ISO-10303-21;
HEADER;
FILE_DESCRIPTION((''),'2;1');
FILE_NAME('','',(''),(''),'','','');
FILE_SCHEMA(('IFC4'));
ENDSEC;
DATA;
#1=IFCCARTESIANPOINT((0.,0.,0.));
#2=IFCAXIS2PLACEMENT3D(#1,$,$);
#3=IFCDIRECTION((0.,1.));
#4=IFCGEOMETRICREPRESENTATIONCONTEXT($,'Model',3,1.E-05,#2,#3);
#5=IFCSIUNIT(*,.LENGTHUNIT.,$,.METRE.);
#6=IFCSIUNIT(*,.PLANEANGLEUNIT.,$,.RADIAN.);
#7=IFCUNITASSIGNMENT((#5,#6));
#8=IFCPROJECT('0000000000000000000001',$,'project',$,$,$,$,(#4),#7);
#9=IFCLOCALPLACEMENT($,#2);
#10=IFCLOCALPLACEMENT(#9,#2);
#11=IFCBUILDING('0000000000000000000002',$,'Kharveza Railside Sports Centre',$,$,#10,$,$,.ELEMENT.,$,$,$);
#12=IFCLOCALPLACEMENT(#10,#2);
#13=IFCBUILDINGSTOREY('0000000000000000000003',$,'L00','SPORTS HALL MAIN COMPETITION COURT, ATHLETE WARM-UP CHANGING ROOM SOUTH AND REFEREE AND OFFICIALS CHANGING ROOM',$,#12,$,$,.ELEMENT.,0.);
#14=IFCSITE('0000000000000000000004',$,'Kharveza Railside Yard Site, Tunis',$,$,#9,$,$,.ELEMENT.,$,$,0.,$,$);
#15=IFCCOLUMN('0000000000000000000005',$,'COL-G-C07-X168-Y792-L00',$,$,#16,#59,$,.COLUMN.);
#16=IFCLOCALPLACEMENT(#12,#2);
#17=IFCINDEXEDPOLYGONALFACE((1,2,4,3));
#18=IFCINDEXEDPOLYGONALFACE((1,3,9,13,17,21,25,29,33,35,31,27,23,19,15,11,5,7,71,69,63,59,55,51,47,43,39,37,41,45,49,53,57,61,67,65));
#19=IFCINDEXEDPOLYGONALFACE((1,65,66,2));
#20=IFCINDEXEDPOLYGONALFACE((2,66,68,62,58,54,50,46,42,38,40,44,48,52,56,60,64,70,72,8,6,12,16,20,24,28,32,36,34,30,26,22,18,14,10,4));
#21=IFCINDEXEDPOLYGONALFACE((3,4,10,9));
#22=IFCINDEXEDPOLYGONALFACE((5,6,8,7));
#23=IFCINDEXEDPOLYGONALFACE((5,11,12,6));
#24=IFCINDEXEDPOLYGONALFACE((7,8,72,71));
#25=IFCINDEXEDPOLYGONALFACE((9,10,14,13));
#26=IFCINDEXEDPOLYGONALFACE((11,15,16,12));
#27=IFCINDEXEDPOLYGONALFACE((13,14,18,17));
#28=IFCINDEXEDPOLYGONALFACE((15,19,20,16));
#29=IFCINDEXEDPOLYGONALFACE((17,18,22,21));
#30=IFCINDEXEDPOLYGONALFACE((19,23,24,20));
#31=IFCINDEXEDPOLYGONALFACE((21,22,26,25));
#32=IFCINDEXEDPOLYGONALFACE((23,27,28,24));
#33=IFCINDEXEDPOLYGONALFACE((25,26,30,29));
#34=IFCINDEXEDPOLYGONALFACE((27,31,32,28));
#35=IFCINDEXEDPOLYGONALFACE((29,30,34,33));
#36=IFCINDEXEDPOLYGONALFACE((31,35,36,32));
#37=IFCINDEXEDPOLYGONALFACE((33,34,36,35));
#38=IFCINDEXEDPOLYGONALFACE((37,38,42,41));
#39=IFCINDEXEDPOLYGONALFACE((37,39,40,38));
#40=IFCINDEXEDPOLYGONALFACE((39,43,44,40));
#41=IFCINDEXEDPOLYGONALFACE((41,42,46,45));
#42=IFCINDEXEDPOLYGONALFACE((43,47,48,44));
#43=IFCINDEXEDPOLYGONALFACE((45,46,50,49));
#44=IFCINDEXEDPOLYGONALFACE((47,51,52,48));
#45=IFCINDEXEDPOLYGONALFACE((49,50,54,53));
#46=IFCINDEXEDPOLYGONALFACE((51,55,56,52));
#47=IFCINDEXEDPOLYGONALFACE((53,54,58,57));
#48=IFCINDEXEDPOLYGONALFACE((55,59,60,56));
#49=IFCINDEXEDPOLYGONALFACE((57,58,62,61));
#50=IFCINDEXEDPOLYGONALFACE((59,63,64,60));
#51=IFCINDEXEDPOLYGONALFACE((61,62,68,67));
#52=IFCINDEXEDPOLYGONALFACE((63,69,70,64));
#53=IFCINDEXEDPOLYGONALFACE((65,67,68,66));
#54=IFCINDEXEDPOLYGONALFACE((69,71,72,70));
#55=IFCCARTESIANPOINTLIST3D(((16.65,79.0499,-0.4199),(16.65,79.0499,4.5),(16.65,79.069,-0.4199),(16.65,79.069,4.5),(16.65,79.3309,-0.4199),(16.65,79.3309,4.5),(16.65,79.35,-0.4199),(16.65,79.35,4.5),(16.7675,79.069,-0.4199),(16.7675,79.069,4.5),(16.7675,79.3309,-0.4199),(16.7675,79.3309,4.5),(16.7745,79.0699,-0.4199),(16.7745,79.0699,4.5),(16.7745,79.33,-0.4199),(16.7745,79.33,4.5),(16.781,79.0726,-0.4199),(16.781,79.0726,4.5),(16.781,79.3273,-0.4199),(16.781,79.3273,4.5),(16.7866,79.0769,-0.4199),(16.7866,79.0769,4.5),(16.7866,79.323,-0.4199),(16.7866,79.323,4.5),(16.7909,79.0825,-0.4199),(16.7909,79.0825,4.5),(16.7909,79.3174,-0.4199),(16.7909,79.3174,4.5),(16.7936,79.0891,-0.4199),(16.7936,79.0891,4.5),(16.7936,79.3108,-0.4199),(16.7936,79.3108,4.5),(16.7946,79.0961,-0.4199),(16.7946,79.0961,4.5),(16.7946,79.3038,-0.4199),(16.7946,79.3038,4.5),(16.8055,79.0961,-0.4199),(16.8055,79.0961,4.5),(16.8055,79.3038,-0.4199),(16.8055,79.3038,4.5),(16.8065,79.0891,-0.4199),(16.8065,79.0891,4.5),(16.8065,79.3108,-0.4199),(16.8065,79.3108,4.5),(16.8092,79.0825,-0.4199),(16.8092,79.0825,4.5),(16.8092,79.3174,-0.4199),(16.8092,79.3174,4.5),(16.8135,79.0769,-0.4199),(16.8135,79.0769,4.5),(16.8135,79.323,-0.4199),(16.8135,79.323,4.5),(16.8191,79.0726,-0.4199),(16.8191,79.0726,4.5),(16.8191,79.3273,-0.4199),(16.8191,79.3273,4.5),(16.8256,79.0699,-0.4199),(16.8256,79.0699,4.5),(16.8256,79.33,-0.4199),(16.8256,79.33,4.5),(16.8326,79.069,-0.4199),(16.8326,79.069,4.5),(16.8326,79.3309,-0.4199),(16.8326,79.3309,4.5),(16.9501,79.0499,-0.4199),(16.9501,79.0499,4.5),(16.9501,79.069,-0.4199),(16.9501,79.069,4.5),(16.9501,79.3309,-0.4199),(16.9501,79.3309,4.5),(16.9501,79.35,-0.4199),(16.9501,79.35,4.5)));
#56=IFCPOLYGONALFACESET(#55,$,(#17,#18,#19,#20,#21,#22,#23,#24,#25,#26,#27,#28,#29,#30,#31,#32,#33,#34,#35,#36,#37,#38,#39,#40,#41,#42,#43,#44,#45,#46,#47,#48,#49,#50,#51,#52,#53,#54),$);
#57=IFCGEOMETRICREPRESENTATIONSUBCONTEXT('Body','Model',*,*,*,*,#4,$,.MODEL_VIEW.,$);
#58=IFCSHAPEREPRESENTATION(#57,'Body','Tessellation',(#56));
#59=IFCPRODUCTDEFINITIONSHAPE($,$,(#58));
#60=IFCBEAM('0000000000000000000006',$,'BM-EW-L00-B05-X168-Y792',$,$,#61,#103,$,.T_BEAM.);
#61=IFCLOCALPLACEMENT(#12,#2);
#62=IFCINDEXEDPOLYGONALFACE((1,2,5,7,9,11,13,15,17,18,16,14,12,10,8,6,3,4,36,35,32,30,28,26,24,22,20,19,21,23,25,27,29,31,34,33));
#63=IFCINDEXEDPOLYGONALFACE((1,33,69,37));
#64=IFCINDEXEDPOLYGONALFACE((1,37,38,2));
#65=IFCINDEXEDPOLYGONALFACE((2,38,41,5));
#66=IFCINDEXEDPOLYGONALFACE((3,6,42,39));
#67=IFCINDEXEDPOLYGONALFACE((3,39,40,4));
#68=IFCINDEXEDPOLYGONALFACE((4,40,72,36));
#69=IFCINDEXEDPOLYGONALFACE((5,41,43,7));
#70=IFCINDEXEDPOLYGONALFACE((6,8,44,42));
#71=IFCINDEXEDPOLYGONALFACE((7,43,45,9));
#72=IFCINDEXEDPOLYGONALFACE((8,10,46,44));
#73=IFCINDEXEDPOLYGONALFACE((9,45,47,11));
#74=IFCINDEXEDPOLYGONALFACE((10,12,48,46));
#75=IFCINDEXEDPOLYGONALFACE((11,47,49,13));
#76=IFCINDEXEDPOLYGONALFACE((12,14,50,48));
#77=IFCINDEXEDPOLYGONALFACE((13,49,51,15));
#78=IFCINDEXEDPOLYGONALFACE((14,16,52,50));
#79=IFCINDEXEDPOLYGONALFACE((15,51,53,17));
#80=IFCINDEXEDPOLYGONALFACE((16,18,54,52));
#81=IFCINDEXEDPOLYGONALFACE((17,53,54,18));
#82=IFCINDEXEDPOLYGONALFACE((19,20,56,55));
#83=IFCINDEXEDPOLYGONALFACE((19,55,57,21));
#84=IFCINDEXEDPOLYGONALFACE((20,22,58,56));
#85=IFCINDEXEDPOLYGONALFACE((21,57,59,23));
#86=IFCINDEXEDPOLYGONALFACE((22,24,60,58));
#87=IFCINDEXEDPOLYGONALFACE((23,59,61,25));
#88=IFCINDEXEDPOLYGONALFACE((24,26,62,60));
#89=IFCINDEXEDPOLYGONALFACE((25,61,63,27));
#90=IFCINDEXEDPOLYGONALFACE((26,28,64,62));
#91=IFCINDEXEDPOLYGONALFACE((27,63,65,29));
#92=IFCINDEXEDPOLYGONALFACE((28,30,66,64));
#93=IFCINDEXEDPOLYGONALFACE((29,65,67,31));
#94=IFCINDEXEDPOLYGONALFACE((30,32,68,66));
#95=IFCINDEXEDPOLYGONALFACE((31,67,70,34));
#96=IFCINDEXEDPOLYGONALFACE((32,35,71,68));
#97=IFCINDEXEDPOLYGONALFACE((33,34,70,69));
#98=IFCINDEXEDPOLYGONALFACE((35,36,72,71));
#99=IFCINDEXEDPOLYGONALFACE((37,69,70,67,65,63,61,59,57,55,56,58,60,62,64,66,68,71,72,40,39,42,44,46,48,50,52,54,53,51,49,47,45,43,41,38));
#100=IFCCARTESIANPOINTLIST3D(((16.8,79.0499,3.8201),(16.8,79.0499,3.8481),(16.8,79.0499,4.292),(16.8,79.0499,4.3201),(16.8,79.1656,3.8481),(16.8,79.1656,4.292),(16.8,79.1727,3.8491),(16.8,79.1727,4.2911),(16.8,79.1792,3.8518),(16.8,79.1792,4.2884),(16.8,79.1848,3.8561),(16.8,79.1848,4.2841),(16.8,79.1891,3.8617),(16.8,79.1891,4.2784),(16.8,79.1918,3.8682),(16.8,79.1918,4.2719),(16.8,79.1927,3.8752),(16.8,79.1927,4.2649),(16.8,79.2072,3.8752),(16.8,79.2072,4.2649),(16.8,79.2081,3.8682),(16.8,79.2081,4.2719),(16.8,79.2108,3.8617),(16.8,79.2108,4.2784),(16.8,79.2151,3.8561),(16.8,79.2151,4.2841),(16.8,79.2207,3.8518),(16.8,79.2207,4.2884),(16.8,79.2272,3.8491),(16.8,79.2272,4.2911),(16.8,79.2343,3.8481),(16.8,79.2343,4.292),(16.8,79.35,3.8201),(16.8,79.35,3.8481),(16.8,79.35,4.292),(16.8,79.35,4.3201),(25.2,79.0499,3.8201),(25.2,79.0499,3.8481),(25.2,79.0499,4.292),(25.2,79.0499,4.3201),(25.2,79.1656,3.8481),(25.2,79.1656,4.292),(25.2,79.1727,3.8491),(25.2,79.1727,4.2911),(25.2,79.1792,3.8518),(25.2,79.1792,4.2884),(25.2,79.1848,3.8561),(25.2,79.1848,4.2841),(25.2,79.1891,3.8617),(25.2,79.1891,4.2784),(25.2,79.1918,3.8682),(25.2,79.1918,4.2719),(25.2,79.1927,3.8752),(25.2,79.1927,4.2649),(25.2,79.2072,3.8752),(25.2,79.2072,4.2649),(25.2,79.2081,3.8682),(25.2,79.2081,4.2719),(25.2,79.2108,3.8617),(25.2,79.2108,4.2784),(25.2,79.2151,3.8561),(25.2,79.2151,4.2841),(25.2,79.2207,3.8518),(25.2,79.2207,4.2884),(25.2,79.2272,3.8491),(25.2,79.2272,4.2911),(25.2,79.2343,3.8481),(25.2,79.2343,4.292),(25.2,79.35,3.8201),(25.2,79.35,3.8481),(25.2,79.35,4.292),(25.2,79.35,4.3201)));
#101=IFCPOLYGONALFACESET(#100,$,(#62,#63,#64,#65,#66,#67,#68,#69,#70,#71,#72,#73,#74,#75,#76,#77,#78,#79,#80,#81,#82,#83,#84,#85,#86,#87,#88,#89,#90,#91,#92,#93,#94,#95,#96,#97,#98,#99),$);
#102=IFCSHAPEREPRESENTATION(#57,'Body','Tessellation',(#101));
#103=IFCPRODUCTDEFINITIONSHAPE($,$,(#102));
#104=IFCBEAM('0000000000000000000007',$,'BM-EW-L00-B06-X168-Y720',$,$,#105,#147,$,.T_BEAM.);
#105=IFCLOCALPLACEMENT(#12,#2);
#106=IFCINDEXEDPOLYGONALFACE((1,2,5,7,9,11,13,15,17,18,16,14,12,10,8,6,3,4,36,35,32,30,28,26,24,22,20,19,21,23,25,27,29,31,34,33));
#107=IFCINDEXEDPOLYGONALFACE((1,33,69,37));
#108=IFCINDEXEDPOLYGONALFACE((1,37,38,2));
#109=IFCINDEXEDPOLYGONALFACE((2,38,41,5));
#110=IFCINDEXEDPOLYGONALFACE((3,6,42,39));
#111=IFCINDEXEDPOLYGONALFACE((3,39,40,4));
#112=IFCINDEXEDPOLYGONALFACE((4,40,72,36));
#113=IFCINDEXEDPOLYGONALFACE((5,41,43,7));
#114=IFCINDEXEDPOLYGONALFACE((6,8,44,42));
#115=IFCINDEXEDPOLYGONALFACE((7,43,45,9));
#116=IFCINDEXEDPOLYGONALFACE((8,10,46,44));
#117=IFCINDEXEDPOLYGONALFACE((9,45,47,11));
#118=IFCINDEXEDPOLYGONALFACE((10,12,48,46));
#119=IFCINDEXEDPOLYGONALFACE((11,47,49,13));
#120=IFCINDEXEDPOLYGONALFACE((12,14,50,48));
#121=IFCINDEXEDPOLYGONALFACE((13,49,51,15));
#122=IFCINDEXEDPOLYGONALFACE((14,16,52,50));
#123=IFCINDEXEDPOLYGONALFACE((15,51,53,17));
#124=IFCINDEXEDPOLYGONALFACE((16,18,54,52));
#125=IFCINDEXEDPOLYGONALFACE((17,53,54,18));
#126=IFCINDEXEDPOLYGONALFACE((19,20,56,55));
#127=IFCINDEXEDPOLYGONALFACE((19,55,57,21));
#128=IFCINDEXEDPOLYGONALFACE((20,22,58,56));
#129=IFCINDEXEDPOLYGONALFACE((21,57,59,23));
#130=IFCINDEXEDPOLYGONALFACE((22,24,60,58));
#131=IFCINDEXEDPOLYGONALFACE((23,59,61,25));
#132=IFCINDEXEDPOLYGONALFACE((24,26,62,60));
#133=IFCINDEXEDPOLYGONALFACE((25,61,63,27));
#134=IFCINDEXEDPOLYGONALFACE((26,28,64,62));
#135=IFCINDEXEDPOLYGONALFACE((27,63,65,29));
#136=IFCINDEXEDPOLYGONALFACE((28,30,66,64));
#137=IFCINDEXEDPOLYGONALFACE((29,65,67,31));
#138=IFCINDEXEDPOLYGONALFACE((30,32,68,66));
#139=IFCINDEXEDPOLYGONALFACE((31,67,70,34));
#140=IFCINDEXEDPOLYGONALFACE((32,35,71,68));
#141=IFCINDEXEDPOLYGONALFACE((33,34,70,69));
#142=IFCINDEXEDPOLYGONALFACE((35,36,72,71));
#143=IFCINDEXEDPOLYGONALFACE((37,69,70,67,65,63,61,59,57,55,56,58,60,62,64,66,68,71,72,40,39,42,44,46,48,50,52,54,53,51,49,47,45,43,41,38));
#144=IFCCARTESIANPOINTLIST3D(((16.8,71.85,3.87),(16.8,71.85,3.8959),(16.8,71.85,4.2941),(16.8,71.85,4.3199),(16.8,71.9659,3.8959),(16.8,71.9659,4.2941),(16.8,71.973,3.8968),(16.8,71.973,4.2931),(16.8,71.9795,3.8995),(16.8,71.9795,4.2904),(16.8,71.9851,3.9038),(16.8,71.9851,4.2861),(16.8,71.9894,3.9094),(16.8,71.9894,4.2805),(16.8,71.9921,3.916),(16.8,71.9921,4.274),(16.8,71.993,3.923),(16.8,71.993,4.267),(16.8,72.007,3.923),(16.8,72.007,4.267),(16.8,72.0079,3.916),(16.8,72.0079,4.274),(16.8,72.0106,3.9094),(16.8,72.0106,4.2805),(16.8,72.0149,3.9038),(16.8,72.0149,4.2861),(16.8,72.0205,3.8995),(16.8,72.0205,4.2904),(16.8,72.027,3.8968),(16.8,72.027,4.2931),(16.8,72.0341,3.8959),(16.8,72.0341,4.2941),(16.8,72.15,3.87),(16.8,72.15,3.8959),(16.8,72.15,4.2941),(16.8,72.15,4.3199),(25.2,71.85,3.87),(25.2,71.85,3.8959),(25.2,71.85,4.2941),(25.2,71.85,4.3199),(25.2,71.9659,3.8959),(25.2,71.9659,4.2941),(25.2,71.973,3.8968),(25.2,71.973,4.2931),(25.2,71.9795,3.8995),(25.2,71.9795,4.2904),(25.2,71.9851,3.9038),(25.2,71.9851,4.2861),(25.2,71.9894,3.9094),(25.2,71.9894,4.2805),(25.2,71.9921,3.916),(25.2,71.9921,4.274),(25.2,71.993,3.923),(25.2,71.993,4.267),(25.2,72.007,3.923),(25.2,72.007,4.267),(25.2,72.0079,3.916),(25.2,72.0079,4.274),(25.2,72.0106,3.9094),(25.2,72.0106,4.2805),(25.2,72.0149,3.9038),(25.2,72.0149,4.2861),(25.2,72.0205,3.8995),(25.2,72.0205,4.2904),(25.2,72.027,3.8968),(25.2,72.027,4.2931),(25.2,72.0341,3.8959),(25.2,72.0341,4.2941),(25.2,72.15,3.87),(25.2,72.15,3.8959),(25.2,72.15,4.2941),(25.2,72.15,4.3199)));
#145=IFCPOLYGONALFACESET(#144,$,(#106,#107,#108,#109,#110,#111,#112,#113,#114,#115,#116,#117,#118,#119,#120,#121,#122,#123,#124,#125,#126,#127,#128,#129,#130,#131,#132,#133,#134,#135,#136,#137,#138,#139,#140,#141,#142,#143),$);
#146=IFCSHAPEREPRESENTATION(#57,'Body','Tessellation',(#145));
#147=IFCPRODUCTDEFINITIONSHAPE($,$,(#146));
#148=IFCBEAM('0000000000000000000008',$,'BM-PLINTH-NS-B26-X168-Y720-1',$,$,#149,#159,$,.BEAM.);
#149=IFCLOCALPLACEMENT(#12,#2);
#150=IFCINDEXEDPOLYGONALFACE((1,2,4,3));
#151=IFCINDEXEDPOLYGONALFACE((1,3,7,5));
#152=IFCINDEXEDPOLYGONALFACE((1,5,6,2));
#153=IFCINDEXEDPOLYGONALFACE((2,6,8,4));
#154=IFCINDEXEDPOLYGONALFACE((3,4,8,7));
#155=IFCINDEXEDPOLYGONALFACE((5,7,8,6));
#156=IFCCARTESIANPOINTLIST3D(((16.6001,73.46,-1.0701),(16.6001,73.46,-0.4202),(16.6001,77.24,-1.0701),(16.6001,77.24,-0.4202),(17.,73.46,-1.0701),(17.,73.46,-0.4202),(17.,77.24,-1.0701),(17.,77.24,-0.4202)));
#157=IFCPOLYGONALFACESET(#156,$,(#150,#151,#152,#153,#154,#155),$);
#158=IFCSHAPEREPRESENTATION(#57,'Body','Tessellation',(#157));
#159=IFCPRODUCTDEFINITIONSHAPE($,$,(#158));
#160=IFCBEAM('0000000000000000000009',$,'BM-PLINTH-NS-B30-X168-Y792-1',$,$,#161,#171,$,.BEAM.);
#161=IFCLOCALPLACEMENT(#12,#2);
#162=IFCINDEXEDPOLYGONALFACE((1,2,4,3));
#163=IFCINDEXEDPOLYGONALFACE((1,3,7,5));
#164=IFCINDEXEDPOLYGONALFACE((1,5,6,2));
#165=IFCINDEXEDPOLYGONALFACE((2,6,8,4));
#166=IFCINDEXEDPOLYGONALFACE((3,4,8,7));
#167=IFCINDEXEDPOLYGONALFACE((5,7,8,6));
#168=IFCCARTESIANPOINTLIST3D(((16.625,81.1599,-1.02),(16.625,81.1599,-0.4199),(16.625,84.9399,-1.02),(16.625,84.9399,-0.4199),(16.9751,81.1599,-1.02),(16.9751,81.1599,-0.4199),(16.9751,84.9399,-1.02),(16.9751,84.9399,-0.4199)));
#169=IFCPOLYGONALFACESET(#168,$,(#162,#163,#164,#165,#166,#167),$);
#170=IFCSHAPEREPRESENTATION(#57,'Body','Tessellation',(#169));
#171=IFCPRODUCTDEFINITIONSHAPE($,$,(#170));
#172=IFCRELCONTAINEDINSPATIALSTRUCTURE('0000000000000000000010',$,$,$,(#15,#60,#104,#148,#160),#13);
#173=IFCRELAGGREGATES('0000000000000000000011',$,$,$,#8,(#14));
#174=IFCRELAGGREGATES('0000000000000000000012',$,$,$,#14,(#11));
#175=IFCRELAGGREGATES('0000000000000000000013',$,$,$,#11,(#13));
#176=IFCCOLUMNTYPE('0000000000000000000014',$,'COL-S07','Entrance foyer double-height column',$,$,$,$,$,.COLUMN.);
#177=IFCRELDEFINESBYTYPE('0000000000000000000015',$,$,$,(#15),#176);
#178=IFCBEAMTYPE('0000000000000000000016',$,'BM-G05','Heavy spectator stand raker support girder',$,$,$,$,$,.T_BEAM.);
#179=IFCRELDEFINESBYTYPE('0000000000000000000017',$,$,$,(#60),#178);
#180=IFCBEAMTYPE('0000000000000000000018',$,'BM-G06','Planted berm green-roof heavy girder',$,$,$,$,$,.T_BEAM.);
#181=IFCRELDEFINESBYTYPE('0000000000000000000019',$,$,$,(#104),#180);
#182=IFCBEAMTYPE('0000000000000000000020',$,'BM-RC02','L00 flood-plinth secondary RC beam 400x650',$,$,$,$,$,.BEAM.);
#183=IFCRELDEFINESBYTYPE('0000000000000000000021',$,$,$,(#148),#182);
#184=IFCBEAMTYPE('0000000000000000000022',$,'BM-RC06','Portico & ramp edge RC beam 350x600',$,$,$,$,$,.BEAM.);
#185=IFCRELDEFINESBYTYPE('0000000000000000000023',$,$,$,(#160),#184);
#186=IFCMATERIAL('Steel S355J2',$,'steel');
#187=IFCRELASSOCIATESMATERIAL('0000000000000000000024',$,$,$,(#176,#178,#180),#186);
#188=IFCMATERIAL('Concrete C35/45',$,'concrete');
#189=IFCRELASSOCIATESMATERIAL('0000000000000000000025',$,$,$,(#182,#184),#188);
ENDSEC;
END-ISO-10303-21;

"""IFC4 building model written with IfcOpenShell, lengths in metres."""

from ifc_helpers import new_model, si_unit, direction, frame, origin, origin_2d, place, context, subcontext, project, spatial, rectangle, i_section, extrude, material, material_profile, profile_set, type_object, element, save


model = new_model("IFC4")

# Units and contexts
model_context = context("Model", 3, precision=1e-05, world=origin(), true_north=direction((0.0, 1.0)))
body_context = subcontext(model_context, "Body", "Model", "MODEL_VIEW")
ifc_project = project(units=[si_unit("LENGTHUNIT", "METRE"), si_unit("PLANEANGLEUNIT", "RADIAN")], contexts=[model_context])

# Site, building, storey
site_placement = place(None, origin())
site = spatial("IfcSite", under=ifc_project, at=site_placement, Name="Kharveza Railside Yard Site, Tunis", CompositionType="ELEMENT", RefElevation=0.0)
building_placement = place(site_placement, origin())
building = spatial("IfcBuilding", under=site, at=building_placement, Name="Kharveza Railside Sports Centre", CompositionType="ELEMENT")
storey_placement = place(building_placement, origin())
storey = spatial("IfcBuildingStorey", under=building, at=storey_placement, Name="L00", Description="SPORTS HALL MAIN COMPETITION COURT, ATHLETE WARM-UP CHANGING ROOM SOUTH AND REFEREE AND OFFICIALS CHANGING ROOM", CompositionType="ELEMENT", Elevation=0.0)

# Shared definitions
ifc_material_1 = material(Name="Concrete C35/45", Category="concrete")

# Column
ifc_material_2 = material(Name="Steel S355J2", Category="steel")
ifc_material_profile_1 = material_profile(ifc_material_2, i_section(OverallWidth=0.3, OverallDepth=0.3, WebThickness=0.011, FlangeThickness=0.019, FilletRadius=0.0271, at=origin_2d()), Name="HEB 300")
ifc_profile_set_1 = profile_set([ifc_material_profile_1], Name="Steel S355J2")
column_type = type_object("IfcColumnType", Name="COL-S07", Description="Entrance foyer double-height column", PredefinedType="COLUMN", material=ifc_profile_set_1)
for number, where, z_axis, x_axis, name in (
    (1, (16.8, 79.2, -0.4199), (0.0, 0.0, 1.0), (1.0, 0.0, 0.0), "COL-G-C07-X168-Y792-L00"),
):
    element("IfcColumn", number, at=place(storey_placement, frame(where, z_axis=z_axis, x_axis=x_axis)), inside=storey, type_object=column_type, Name=name, PredefinedType="COLUMN", context=body_context, shape_type="SweptSolid", body=[
        extrude(i_section(OverallWidth=0.3, OverallDepth=0.3, WebThickness=0.011, FlangeThickness=0.019, FilletRadius=0.0271, at=origin_2d()), origin(), (0.0, 0.0, 1.0), 4.9199),
    ])

# Beams
ifc_material_profile_2 = material_profile(ifc_material_2, i_section(OverallWidth=0.3, OverallDepth=0.5, WebThickness=0.0144, FlangeThickness=0.0281, FilletRadius=0.0271, at=origin_2d()), Name="HEB 500")
ifc_profile_set_2 = profile_set([ifc_material_profile_2], Name="Steel S355J2")
beam_type_1 = type_object("IfcBeamType", Name="BM-G05", Description="Heavy spectator stand raker support girder", PredefinedType="T_BEAM", material=ifc_profile_set_2)
beam_1_placement = place(storey_placement, frame((16.8, 79.2, 4.0701), z_axis=(1.0, 0.0, 0.0), x_axis=(0.0, 1.0, 0.0)))
element("IfcBeam", 2, at=beam_1_placement, inside=storey, type_object=beam_type_1, Name="BM-EW-L00-B05-X168-Y792", PredefinedType="T_BEAM", context=body_context, shape_type="SweptSolid", body=[
    extrude(i_section(OverallWidth=0.3, OverallDepth=0.5, WebThickness=0.0144, FlangeThickness=0.0281, FilletRadius=0.0271, at=origin_2d()), origin(), (0.0, 0.0, 1.0), 8.3999),
])
ifc_material_profile_3 = material_profile(ifc_material_2, i_section(OverallWidth=0.3, OverallDepth=0.45, WebThickness=0.0139, FlangeThickness=0.0259, FilletRadius=0.0271, at=origin_2d()), Name="HEB 450")
ifc_profile_set_3 = profile_set([ifc_material_profile_3], Name="Steel S355J2")
beam_type_2 = type_object("IfcBeamType", Name="BM-G06", Description="Planted berm green-roof heavy girder", PredefinedType="T_BEAM", material=ifc_profile_set_3)
beam_2_placement = place(storey_placement, frame((16.8, 72.0, 4.095), z_axis=(1.0, 0.0, 0.0), x_axis=(0.0, 1.0, 0.0)))
element("IfcBeam", 3, at=beam_2_placement, inside=storey, type_object=beam_type_2, Name="BM-EW-L00-B06-X168-Y720", PredefinedType="T_BEAM", context=body_context, shape_type="SweptSolid", body=[
    extrude(i_section(OverallWidth=0.3, OverallDepth=0.45, WebThickness=0.0139, FlangeThickness=0.0259, FilletRadius=0.0271, at=origin_2d()), origin(), (0.0, 0.0, 1.0), 8.3999),
])
ifc_material_profile_4 = material_profile(ifc_material_1, rectangle(XDim=0.3999, YDim=0.6499, at=origin_2d()), Name="RCB 400x650")
ifc_profile_set_4 = profile_set([ifc_material_profile_4], Name="Concrete C35/45")
beam_type_3 = type_object("IfcBeamType", Name="BM-RC02", Description="L00 flood-plinth secondary RC beam 400x650", PredefinedType="BEAM", material=ifc_profile_set_4)
beam_3_placement = place(storey_placement, frame((16.8, 73.46, -0.7451), z_axis=(0.0, 1.0, 0.0), x_axis=(-1.0, 0.0, 0.0)))
element("IfcBeam", 4, at=beam_3_placement, inside=storey, type_object=beam_type_3, Name="BM-PLINTH-NS-B26-X168-Y720-1", PredefinedType="BEAM", context=body_context, shape_type="SweptSolid", body=[
    extrude(rectangle(XDim=0.3999, YDim=0.6499, at=origin_2d()), origin(), (0.0, 0.0, 1.0), 3.78),
])
ifc_material_profile_5 = material_profile(ifc_material_1, rectangle(XDim=0.3501, YDim=0.6001, at=origin_2d()), Name="RCB 350x600")
ifc_profile_set_5 = profile_set([ifc_material_profile_5], Name="Concrete C35/45")
beam_type_4 = type_object("IfcBeamType", Name="BM-RC06", Description="Portico & ramp edge RC beam 350x600", PredefinedType="BEAM", material=ifc_profile_set_5)
beam_4_placement = place(storey_placement, frame((16.8, 81.1599, -0.72), z_axis=(0.0, 1.0, 0.0), x_axis=(-1.0, 0.0, 0.0)))
element("IfcBeam", 5, at=beam_4_placement, inside=storey, type_object=beam_type_4, Name="BM-PLINTH-NS-B30-X168-Y792-1", PredefinedType="BEAM", context=body_context, shape_type="SweptSolid", body=[
    extrude(rectangle(XDim=0.3501, YDim=0.6001, at=origin_2d()), origin(), (0.0, 0.0, 1.0), 3.78),
])

save(model, "model.ifc")
